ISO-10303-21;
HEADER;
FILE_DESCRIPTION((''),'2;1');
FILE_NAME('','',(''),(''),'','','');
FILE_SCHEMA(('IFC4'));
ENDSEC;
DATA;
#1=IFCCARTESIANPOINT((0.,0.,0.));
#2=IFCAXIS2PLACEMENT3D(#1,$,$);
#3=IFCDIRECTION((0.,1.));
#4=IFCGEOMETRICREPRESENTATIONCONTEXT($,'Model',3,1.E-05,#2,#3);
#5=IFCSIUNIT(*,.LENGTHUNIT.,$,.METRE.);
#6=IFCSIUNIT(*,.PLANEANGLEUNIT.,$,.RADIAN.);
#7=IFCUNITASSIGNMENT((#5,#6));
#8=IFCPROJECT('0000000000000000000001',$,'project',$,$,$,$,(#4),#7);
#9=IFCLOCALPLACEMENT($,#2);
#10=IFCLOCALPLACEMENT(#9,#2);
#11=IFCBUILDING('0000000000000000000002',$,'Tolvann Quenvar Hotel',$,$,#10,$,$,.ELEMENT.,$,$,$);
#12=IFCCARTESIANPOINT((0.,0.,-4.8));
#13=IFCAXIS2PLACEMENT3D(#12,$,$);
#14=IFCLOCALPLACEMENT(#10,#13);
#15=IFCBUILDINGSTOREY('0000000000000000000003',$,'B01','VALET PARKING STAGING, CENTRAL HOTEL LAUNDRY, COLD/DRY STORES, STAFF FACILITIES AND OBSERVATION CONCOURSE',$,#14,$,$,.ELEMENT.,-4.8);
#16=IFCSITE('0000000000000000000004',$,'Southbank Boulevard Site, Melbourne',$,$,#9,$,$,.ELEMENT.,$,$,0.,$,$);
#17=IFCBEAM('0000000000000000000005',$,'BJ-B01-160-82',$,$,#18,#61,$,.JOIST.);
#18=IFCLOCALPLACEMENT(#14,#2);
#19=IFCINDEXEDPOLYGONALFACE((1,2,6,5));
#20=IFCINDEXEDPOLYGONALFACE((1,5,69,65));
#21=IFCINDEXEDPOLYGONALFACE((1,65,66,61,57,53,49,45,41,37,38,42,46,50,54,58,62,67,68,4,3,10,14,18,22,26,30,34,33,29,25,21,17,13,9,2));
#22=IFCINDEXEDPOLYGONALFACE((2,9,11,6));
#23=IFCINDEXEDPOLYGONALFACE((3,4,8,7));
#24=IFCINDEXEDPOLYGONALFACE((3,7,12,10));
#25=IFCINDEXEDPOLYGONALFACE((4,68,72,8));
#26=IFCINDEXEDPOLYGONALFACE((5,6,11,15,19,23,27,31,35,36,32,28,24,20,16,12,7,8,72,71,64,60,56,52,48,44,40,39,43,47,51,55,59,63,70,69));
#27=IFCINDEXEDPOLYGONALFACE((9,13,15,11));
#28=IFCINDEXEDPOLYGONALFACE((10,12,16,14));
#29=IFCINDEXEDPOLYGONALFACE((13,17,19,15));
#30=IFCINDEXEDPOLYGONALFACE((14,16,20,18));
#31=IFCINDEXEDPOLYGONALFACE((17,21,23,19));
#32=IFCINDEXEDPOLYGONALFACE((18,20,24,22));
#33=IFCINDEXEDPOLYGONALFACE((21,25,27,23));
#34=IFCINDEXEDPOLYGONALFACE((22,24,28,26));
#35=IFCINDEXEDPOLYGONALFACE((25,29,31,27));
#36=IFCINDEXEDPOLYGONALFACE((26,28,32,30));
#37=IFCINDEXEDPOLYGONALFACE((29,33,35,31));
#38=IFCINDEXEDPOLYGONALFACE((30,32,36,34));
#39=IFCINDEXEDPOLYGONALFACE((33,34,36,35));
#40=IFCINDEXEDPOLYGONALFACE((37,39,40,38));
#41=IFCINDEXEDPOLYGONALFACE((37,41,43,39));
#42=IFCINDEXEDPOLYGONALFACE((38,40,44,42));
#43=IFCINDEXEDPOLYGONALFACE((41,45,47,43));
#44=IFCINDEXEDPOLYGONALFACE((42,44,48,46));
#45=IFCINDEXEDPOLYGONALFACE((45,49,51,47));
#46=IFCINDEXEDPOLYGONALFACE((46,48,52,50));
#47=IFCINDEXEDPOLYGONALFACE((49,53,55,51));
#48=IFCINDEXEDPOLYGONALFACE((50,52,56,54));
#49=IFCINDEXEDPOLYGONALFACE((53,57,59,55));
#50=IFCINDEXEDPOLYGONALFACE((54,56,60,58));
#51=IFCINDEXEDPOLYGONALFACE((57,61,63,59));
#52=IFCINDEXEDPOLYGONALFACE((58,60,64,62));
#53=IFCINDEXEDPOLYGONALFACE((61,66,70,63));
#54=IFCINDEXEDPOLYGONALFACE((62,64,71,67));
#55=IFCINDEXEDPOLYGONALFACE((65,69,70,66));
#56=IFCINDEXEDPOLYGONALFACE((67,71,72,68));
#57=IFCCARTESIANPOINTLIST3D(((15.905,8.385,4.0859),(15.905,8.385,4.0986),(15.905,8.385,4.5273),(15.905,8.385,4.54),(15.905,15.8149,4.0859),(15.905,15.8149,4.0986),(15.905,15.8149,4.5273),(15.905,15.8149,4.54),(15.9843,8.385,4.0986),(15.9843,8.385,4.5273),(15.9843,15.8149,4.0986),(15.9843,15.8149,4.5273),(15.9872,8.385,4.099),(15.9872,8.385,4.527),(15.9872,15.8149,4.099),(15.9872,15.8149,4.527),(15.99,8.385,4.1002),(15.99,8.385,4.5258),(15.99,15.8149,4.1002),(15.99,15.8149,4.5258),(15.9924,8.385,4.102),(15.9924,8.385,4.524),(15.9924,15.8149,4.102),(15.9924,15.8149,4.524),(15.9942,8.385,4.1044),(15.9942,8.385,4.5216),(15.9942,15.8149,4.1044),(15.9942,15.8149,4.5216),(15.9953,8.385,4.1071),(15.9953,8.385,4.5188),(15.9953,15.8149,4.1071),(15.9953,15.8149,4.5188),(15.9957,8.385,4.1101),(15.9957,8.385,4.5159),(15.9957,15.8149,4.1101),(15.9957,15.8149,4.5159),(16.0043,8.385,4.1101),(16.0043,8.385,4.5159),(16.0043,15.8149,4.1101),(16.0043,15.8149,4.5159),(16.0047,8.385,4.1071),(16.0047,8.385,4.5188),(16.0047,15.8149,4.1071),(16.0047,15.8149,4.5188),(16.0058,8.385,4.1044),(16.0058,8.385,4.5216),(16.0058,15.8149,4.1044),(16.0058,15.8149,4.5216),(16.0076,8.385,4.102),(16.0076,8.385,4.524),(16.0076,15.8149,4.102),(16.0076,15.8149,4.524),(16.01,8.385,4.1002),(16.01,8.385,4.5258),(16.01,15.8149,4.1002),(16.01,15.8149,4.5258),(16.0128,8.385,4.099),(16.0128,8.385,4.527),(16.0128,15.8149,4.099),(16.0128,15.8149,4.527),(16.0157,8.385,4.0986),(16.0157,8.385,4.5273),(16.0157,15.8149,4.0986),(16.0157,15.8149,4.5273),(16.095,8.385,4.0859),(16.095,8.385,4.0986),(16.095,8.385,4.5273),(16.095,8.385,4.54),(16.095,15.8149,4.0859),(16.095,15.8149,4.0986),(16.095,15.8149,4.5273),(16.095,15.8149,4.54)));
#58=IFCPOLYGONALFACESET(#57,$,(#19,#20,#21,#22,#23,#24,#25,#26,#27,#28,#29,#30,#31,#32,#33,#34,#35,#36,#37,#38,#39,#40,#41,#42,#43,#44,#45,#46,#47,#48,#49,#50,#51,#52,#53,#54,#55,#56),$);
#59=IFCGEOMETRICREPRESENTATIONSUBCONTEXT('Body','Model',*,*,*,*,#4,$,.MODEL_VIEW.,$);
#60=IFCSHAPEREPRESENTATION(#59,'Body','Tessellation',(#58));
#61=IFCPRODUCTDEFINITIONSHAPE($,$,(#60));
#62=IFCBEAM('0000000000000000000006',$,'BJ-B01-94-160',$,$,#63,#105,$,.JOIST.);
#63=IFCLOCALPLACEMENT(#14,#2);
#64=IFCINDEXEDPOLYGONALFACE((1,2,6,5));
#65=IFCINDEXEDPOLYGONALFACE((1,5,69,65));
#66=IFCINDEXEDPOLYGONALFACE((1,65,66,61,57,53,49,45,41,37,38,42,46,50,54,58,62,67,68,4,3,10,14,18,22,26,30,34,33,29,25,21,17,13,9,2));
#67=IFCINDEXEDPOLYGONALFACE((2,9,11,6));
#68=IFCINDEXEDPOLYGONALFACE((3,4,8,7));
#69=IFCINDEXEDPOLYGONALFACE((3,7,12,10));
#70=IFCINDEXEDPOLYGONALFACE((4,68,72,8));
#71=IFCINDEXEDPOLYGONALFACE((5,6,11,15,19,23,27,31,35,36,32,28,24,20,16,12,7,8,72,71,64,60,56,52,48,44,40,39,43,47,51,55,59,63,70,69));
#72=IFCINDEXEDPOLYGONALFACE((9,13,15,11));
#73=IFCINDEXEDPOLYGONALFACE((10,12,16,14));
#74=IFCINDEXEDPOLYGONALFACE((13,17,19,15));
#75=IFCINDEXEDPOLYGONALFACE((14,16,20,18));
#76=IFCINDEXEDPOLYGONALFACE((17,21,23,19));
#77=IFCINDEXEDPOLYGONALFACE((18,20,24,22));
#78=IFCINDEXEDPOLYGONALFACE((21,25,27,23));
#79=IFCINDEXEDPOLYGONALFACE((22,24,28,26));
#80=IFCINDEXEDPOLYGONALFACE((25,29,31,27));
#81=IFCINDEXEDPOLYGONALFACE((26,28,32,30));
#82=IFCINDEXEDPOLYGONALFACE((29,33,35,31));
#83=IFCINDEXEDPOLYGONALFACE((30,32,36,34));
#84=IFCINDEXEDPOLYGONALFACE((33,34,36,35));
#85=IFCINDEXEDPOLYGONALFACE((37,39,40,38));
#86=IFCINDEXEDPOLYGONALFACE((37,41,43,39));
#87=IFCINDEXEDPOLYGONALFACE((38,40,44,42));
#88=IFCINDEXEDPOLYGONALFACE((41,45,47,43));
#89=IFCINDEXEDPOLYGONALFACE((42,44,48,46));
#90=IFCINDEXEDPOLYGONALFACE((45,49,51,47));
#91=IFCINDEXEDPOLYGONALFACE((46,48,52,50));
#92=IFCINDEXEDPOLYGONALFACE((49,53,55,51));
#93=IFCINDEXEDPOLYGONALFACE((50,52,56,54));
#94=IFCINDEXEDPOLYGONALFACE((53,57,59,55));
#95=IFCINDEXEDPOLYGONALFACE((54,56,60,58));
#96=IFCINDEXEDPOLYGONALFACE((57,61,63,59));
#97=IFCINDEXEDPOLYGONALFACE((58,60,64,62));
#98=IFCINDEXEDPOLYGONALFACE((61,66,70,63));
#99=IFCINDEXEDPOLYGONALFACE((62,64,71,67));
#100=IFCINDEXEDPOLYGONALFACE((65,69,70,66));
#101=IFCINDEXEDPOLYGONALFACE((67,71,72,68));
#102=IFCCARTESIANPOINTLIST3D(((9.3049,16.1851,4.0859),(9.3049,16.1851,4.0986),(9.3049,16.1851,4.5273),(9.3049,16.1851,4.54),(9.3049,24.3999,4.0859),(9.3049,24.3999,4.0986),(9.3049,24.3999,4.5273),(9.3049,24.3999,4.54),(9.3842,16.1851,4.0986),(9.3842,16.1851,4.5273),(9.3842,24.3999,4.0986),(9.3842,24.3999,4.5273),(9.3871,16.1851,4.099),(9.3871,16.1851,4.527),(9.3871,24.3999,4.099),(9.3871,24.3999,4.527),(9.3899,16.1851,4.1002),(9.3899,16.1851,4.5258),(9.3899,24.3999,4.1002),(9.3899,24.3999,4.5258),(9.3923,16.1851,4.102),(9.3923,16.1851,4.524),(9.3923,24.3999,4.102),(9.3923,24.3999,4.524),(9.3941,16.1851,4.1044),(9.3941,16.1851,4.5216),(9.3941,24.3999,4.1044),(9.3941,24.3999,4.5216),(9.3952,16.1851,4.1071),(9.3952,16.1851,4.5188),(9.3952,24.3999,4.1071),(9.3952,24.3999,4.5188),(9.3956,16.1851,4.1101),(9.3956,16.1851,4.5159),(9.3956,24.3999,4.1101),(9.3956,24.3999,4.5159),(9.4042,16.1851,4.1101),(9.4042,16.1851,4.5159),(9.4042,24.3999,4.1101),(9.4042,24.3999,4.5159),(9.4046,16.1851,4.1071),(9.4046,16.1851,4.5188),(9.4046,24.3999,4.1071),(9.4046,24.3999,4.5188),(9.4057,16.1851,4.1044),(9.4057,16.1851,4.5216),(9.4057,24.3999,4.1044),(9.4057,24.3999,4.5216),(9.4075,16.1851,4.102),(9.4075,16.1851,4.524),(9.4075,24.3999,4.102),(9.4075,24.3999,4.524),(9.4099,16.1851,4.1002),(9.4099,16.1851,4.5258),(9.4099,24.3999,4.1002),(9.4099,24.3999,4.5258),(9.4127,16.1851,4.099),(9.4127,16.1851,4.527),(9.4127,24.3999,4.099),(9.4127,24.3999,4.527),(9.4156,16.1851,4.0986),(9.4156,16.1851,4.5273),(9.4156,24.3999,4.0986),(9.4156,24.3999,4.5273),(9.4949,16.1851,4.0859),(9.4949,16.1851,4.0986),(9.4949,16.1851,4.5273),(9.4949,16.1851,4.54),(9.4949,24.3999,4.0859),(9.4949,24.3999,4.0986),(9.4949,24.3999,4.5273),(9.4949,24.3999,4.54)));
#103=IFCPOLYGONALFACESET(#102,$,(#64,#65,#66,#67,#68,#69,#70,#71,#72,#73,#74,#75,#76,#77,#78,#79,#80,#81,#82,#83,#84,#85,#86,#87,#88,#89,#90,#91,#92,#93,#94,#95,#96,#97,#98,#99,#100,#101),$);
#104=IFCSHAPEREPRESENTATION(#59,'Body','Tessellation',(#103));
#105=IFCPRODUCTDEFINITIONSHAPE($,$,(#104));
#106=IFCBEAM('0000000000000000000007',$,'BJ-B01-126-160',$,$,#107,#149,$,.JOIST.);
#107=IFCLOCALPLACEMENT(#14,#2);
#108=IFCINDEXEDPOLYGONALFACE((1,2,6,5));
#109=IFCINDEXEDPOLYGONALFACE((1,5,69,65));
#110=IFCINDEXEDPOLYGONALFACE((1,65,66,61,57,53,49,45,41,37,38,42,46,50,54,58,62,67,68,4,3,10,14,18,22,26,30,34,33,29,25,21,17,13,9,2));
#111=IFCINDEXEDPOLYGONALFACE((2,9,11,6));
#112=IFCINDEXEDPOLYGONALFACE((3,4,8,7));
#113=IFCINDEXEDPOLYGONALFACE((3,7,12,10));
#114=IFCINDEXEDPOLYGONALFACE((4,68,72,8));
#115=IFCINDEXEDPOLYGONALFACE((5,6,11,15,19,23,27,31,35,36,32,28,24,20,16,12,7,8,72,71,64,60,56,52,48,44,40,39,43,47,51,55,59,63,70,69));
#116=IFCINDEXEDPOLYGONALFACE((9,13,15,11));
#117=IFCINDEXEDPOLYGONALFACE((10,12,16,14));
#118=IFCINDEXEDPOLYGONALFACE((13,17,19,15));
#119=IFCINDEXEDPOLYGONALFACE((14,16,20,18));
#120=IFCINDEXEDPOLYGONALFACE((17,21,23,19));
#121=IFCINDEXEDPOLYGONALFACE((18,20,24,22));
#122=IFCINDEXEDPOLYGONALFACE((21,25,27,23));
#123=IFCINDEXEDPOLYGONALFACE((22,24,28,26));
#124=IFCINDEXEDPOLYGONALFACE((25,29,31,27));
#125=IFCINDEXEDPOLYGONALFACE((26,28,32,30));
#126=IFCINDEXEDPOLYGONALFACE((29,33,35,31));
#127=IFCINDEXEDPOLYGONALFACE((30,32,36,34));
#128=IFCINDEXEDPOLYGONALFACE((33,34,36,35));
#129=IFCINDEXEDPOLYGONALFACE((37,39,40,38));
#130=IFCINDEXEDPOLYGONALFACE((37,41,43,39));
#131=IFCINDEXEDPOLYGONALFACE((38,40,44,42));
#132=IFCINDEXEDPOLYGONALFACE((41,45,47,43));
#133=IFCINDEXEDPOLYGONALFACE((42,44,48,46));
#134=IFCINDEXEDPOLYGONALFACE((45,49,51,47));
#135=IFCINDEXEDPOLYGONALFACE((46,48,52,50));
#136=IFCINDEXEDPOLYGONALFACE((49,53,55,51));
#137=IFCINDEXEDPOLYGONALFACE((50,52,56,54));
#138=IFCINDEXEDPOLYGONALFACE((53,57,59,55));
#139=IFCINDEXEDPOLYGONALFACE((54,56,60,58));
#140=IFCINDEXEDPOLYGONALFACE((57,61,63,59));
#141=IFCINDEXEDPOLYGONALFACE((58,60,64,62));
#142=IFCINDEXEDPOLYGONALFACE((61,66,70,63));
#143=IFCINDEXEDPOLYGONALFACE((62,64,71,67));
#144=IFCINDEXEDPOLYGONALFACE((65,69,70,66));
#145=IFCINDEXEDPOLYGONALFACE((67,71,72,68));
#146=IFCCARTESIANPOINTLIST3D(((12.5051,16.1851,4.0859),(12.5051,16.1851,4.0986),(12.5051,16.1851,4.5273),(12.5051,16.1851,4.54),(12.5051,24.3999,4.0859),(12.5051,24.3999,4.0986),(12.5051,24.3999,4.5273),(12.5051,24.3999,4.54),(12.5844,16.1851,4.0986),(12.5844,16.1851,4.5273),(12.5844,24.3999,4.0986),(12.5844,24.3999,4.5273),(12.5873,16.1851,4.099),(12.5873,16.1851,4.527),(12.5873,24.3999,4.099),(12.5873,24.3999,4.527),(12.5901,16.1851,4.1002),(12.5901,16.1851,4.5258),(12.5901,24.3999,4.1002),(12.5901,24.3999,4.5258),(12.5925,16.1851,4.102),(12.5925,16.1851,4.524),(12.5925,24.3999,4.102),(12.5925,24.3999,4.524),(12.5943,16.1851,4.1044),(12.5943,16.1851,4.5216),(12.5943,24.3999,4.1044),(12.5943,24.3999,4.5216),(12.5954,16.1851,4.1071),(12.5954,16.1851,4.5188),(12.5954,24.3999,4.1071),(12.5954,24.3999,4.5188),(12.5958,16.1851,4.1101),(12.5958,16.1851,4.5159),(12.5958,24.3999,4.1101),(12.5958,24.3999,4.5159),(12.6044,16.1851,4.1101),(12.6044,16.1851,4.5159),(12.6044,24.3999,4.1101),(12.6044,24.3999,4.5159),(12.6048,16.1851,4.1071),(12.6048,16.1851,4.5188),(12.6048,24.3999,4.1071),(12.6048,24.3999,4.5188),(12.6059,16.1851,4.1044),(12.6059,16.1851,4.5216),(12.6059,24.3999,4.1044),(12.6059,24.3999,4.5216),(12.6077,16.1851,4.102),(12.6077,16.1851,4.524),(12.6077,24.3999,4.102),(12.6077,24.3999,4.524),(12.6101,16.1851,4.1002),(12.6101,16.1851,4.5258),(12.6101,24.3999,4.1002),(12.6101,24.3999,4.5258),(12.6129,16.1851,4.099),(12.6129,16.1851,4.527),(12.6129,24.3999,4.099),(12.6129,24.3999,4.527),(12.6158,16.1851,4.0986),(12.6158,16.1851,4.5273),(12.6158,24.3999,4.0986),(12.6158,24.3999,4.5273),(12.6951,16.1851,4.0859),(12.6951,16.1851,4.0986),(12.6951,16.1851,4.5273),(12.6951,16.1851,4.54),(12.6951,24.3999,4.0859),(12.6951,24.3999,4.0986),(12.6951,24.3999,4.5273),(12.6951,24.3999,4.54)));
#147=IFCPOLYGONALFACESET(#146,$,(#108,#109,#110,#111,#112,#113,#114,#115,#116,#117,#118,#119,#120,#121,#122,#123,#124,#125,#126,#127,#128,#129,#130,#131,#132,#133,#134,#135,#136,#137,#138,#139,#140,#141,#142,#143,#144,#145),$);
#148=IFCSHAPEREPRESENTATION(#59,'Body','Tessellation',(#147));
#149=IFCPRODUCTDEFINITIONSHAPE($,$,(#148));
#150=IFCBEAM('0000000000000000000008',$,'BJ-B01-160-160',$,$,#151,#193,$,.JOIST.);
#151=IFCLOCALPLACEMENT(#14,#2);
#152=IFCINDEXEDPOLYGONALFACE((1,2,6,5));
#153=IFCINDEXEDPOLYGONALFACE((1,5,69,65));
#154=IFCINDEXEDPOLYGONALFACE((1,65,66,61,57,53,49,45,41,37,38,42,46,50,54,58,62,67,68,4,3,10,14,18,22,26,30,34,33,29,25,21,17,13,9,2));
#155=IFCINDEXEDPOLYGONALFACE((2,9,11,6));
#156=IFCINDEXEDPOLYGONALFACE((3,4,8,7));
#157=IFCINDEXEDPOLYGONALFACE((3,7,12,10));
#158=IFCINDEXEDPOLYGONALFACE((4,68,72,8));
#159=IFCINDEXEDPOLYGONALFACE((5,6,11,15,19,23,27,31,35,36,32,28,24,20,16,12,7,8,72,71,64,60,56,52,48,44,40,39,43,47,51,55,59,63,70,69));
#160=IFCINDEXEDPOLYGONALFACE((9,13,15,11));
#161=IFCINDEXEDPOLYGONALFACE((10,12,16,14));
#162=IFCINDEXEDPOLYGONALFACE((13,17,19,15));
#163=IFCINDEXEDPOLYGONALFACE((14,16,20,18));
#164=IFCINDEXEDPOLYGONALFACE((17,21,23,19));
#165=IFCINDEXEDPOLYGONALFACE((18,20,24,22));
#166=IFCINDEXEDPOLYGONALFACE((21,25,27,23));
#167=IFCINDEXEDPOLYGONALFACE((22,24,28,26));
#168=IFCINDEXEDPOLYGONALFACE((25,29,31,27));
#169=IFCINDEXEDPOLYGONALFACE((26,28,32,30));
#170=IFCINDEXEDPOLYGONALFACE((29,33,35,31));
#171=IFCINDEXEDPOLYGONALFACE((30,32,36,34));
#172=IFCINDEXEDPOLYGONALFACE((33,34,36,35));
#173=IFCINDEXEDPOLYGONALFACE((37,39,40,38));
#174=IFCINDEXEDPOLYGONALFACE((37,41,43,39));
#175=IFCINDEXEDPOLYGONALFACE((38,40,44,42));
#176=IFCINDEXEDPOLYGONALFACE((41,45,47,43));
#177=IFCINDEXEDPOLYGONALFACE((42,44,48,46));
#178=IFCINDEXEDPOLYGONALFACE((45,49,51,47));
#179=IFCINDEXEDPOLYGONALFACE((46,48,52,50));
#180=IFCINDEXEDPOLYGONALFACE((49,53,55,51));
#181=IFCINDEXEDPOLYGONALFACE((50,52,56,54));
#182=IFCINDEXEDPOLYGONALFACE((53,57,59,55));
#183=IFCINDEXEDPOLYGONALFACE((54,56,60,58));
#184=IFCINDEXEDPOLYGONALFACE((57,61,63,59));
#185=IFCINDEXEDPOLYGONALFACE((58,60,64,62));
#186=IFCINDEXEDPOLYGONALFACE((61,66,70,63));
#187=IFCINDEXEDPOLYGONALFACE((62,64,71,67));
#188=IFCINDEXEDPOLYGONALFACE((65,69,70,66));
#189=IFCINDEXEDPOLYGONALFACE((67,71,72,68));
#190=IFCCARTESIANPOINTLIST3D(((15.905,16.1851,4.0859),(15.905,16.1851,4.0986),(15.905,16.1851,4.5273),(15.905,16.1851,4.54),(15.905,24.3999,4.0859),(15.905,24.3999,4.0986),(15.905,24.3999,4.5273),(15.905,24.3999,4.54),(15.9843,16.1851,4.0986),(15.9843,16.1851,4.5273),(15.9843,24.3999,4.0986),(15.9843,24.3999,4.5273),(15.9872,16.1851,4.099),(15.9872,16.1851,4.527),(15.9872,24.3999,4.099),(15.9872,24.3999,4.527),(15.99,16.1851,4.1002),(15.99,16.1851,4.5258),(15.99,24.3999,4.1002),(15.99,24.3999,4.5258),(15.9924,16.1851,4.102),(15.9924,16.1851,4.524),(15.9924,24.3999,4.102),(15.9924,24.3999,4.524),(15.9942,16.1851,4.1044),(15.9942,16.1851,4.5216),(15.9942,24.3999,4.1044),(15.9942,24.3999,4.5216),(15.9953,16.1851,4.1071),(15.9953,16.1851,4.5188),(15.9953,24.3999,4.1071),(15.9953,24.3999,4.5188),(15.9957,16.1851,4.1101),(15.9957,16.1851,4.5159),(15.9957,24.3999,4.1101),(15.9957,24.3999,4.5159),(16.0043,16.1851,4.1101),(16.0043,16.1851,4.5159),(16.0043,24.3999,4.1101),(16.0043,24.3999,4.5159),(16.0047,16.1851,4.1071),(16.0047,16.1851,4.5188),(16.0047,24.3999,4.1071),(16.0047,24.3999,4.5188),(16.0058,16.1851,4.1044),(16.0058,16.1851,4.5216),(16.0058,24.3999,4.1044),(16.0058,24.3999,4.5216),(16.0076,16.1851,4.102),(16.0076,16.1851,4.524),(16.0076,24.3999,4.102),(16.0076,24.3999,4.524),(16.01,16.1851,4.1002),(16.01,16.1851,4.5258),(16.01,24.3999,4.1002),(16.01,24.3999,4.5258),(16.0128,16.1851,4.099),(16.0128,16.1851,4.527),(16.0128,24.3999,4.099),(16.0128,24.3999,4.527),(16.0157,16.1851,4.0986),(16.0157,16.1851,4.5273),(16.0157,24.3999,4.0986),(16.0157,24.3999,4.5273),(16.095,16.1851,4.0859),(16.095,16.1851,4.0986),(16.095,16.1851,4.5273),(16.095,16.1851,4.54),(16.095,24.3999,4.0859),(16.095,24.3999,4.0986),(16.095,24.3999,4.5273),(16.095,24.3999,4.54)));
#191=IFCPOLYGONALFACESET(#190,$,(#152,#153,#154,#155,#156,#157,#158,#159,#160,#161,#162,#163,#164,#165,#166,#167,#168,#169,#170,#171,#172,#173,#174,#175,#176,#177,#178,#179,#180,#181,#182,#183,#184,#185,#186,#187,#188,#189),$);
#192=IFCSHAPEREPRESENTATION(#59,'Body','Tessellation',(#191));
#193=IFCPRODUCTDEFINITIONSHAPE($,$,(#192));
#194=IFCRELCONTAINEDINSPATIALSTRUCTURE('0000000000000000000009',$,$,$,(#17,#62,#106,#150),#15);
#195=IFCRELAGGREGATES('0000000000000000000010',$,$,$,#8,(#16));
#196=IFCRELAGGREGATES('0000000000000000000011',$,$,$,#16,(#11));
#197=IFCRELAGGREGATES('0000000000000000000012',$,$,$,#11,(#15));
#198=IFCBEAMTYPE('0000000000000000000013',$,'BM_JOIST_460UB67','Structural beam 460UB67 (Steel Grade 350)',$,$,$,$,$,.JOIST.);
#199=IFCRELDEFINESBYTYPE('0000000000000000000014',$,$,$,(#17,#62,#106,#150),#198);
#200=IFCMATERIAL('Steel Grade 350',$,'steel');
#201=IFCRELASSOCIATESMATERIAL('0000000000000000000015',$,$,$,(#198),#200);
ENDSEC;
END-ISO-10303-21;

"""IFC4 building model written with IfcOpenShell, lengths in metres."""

from ifc_helpers import new_model, si_unit, direction, frame, origin, origin_2d, place, context, subcontext, project, spatial, i_section, extrude, source, transform, mapped, material, material_profile, profile_set, type_object, element, save


model = new_model("IFC4")

# Units and contexts
model_context = context("Model", 3, precision=1e-05, world=origin(), true_north=direction((0.0, 1.0)))
body_context = subcontext(model_context, "Body", "Model", "MODEL_VIEW")
ifc_project = project(units=[si_unit("LENGTHUNIT", "METRE"), si_unit("PLANEANGLEUNIT", "RADIAN")], contexts=[model_context])

# Site, building, storey
site_placement = place(None, origin())
site = spatial("IfcSite", under=ifc_project, at=site_placement, Name="Southbank Boulevard Site, Melbourne", CompositionType="ELEMENT", RefElevation=0.0)
building_placement = place(site_placement, origin())
building = spatial("IfcBuilding", under=site, at=building_placement, Name="Tolvann Quenvar Hotel", CompositionType="ELEMENT")
storey_placement = place(building_placement, frame((0.0, 0.0, -4.8)))
storey = spatial("IfcBuildingStorey", under=building, at=storey_placement, Name="B01", Description="VALET PARKING STAGING, CENTRAL HOTEL LAUNDRY, COLD/DRY STORES, STAFF FACILITIES AND OBSERVATION CONCOURSE", CompositionType="ELEMENT", Elevation=-4.8)

# Beams
ifc_material_1 = material(Name="Steel Grade 350", Category="steel")
ifc_material_profile_1 = material_profile(ifc_material_1, i_section(OverallWidth=0.1899, OverallDepth=0.4541, WebThickness=0.0085, FlangeThickness=0.0127, FilletRadius=0.0115, at=origin_2d()), Name="460UB67")
ifc_profile_set_1 = profile_set([ifc_material_profile_1], Name="Steel Grade 350")
beam_type_1 = type_object("IfcBeamType", Name="BM_JOIST_460UB67", Description="Structural beam 460UB67 (Steel Grade 350)", PredefinedType="JOIST", material=ifc_profile_set_1)
shared_shape_1 = source(origin(), body_context, "Body", "SweptSolid", [
    extrude(i_section(OverallWidth=0.1899, OverallDepth=0.4541, WebThickness=0.0085, FlangeThickness=0.0127, FilletRadius=0.0115, at=origin_2d()), origin(), (0.0, 0.0, 1.0), 7.4299),
])
for number, where, z_axis, x_axis, name in (
    (1, (16.0, 8.385, 4.313), (0.0, 1.0, 0.0), (-1.0, 0.0, 0.0), "BJ-B01-160-82"),
):
    element("IfcBeam", number, at=place(storey_placement, frame(where, z_axis=z_axis, x_axis=x_axis)), inside=storey, type_object=beam_type_1, Name=name, PredefinedType="JOIST", context=body_context, shape_type="MappedRepresentation", body=[
        mapped(shared_shape_1, transform((0.0, 0.0, 0.0), x_axis=(1.0, 0.0, 0.0), y_axis=(0.0, 1.0, 0.0), z_axis=(0.0, 0.0, 1.0), scale=1.0)),
    ])
shared_shape_2 = source(origin(), body_context, "Body", "SweptSolid", [
    extrude(i_section(OverallWidth=0.1899, OverallDepth=0.4541, WebThickness=0.0085, FlangeThickness=0.0127, FilletRadius=0.0115, at=origin_2d()), origin(), (0.0, 0.0, 1.0), 8.2148),
])
for number, where, z_axis, x_axis, name in (
    (2, (9.3999, 16.1851, 4.313), (0.0, 1.0, 0.0), (-1.0, 0.0, 0.0), "BJ-B01-94-160"),
    (3, (12.6001, 16.1851, 4.313), (0.0, 1.0, 0.0), (-1.0, 0.0, 0.0), "BJ-B01-126-160"),
    (4, (16.0, 16.1851, 4.313), (0.0, 1.0, 0.0), (-1.0, 0.0, 0.0), "BJ-B01-160-160"),
):
    element("IfcBeam", number, at=place(storey_placement, frame(where, z_axis=z_axis, x_axis=x_axis)), inside=storey, type_object=beam_type_1, Name=name, PredefinedType="JOIST", context=body_context, shape_type="MappedRepresentation", body=[
        mapped(shared_shape_2, transform((0.0, 0.0, 0.0), x_axis=(1.0, 0.0, 0.0), y_axis=(0.0, 1.0, 0.0), z_axis=(0.0, 0.0, 1.0), scale=1.0)),
    ])

save(model, "model.ifc")
